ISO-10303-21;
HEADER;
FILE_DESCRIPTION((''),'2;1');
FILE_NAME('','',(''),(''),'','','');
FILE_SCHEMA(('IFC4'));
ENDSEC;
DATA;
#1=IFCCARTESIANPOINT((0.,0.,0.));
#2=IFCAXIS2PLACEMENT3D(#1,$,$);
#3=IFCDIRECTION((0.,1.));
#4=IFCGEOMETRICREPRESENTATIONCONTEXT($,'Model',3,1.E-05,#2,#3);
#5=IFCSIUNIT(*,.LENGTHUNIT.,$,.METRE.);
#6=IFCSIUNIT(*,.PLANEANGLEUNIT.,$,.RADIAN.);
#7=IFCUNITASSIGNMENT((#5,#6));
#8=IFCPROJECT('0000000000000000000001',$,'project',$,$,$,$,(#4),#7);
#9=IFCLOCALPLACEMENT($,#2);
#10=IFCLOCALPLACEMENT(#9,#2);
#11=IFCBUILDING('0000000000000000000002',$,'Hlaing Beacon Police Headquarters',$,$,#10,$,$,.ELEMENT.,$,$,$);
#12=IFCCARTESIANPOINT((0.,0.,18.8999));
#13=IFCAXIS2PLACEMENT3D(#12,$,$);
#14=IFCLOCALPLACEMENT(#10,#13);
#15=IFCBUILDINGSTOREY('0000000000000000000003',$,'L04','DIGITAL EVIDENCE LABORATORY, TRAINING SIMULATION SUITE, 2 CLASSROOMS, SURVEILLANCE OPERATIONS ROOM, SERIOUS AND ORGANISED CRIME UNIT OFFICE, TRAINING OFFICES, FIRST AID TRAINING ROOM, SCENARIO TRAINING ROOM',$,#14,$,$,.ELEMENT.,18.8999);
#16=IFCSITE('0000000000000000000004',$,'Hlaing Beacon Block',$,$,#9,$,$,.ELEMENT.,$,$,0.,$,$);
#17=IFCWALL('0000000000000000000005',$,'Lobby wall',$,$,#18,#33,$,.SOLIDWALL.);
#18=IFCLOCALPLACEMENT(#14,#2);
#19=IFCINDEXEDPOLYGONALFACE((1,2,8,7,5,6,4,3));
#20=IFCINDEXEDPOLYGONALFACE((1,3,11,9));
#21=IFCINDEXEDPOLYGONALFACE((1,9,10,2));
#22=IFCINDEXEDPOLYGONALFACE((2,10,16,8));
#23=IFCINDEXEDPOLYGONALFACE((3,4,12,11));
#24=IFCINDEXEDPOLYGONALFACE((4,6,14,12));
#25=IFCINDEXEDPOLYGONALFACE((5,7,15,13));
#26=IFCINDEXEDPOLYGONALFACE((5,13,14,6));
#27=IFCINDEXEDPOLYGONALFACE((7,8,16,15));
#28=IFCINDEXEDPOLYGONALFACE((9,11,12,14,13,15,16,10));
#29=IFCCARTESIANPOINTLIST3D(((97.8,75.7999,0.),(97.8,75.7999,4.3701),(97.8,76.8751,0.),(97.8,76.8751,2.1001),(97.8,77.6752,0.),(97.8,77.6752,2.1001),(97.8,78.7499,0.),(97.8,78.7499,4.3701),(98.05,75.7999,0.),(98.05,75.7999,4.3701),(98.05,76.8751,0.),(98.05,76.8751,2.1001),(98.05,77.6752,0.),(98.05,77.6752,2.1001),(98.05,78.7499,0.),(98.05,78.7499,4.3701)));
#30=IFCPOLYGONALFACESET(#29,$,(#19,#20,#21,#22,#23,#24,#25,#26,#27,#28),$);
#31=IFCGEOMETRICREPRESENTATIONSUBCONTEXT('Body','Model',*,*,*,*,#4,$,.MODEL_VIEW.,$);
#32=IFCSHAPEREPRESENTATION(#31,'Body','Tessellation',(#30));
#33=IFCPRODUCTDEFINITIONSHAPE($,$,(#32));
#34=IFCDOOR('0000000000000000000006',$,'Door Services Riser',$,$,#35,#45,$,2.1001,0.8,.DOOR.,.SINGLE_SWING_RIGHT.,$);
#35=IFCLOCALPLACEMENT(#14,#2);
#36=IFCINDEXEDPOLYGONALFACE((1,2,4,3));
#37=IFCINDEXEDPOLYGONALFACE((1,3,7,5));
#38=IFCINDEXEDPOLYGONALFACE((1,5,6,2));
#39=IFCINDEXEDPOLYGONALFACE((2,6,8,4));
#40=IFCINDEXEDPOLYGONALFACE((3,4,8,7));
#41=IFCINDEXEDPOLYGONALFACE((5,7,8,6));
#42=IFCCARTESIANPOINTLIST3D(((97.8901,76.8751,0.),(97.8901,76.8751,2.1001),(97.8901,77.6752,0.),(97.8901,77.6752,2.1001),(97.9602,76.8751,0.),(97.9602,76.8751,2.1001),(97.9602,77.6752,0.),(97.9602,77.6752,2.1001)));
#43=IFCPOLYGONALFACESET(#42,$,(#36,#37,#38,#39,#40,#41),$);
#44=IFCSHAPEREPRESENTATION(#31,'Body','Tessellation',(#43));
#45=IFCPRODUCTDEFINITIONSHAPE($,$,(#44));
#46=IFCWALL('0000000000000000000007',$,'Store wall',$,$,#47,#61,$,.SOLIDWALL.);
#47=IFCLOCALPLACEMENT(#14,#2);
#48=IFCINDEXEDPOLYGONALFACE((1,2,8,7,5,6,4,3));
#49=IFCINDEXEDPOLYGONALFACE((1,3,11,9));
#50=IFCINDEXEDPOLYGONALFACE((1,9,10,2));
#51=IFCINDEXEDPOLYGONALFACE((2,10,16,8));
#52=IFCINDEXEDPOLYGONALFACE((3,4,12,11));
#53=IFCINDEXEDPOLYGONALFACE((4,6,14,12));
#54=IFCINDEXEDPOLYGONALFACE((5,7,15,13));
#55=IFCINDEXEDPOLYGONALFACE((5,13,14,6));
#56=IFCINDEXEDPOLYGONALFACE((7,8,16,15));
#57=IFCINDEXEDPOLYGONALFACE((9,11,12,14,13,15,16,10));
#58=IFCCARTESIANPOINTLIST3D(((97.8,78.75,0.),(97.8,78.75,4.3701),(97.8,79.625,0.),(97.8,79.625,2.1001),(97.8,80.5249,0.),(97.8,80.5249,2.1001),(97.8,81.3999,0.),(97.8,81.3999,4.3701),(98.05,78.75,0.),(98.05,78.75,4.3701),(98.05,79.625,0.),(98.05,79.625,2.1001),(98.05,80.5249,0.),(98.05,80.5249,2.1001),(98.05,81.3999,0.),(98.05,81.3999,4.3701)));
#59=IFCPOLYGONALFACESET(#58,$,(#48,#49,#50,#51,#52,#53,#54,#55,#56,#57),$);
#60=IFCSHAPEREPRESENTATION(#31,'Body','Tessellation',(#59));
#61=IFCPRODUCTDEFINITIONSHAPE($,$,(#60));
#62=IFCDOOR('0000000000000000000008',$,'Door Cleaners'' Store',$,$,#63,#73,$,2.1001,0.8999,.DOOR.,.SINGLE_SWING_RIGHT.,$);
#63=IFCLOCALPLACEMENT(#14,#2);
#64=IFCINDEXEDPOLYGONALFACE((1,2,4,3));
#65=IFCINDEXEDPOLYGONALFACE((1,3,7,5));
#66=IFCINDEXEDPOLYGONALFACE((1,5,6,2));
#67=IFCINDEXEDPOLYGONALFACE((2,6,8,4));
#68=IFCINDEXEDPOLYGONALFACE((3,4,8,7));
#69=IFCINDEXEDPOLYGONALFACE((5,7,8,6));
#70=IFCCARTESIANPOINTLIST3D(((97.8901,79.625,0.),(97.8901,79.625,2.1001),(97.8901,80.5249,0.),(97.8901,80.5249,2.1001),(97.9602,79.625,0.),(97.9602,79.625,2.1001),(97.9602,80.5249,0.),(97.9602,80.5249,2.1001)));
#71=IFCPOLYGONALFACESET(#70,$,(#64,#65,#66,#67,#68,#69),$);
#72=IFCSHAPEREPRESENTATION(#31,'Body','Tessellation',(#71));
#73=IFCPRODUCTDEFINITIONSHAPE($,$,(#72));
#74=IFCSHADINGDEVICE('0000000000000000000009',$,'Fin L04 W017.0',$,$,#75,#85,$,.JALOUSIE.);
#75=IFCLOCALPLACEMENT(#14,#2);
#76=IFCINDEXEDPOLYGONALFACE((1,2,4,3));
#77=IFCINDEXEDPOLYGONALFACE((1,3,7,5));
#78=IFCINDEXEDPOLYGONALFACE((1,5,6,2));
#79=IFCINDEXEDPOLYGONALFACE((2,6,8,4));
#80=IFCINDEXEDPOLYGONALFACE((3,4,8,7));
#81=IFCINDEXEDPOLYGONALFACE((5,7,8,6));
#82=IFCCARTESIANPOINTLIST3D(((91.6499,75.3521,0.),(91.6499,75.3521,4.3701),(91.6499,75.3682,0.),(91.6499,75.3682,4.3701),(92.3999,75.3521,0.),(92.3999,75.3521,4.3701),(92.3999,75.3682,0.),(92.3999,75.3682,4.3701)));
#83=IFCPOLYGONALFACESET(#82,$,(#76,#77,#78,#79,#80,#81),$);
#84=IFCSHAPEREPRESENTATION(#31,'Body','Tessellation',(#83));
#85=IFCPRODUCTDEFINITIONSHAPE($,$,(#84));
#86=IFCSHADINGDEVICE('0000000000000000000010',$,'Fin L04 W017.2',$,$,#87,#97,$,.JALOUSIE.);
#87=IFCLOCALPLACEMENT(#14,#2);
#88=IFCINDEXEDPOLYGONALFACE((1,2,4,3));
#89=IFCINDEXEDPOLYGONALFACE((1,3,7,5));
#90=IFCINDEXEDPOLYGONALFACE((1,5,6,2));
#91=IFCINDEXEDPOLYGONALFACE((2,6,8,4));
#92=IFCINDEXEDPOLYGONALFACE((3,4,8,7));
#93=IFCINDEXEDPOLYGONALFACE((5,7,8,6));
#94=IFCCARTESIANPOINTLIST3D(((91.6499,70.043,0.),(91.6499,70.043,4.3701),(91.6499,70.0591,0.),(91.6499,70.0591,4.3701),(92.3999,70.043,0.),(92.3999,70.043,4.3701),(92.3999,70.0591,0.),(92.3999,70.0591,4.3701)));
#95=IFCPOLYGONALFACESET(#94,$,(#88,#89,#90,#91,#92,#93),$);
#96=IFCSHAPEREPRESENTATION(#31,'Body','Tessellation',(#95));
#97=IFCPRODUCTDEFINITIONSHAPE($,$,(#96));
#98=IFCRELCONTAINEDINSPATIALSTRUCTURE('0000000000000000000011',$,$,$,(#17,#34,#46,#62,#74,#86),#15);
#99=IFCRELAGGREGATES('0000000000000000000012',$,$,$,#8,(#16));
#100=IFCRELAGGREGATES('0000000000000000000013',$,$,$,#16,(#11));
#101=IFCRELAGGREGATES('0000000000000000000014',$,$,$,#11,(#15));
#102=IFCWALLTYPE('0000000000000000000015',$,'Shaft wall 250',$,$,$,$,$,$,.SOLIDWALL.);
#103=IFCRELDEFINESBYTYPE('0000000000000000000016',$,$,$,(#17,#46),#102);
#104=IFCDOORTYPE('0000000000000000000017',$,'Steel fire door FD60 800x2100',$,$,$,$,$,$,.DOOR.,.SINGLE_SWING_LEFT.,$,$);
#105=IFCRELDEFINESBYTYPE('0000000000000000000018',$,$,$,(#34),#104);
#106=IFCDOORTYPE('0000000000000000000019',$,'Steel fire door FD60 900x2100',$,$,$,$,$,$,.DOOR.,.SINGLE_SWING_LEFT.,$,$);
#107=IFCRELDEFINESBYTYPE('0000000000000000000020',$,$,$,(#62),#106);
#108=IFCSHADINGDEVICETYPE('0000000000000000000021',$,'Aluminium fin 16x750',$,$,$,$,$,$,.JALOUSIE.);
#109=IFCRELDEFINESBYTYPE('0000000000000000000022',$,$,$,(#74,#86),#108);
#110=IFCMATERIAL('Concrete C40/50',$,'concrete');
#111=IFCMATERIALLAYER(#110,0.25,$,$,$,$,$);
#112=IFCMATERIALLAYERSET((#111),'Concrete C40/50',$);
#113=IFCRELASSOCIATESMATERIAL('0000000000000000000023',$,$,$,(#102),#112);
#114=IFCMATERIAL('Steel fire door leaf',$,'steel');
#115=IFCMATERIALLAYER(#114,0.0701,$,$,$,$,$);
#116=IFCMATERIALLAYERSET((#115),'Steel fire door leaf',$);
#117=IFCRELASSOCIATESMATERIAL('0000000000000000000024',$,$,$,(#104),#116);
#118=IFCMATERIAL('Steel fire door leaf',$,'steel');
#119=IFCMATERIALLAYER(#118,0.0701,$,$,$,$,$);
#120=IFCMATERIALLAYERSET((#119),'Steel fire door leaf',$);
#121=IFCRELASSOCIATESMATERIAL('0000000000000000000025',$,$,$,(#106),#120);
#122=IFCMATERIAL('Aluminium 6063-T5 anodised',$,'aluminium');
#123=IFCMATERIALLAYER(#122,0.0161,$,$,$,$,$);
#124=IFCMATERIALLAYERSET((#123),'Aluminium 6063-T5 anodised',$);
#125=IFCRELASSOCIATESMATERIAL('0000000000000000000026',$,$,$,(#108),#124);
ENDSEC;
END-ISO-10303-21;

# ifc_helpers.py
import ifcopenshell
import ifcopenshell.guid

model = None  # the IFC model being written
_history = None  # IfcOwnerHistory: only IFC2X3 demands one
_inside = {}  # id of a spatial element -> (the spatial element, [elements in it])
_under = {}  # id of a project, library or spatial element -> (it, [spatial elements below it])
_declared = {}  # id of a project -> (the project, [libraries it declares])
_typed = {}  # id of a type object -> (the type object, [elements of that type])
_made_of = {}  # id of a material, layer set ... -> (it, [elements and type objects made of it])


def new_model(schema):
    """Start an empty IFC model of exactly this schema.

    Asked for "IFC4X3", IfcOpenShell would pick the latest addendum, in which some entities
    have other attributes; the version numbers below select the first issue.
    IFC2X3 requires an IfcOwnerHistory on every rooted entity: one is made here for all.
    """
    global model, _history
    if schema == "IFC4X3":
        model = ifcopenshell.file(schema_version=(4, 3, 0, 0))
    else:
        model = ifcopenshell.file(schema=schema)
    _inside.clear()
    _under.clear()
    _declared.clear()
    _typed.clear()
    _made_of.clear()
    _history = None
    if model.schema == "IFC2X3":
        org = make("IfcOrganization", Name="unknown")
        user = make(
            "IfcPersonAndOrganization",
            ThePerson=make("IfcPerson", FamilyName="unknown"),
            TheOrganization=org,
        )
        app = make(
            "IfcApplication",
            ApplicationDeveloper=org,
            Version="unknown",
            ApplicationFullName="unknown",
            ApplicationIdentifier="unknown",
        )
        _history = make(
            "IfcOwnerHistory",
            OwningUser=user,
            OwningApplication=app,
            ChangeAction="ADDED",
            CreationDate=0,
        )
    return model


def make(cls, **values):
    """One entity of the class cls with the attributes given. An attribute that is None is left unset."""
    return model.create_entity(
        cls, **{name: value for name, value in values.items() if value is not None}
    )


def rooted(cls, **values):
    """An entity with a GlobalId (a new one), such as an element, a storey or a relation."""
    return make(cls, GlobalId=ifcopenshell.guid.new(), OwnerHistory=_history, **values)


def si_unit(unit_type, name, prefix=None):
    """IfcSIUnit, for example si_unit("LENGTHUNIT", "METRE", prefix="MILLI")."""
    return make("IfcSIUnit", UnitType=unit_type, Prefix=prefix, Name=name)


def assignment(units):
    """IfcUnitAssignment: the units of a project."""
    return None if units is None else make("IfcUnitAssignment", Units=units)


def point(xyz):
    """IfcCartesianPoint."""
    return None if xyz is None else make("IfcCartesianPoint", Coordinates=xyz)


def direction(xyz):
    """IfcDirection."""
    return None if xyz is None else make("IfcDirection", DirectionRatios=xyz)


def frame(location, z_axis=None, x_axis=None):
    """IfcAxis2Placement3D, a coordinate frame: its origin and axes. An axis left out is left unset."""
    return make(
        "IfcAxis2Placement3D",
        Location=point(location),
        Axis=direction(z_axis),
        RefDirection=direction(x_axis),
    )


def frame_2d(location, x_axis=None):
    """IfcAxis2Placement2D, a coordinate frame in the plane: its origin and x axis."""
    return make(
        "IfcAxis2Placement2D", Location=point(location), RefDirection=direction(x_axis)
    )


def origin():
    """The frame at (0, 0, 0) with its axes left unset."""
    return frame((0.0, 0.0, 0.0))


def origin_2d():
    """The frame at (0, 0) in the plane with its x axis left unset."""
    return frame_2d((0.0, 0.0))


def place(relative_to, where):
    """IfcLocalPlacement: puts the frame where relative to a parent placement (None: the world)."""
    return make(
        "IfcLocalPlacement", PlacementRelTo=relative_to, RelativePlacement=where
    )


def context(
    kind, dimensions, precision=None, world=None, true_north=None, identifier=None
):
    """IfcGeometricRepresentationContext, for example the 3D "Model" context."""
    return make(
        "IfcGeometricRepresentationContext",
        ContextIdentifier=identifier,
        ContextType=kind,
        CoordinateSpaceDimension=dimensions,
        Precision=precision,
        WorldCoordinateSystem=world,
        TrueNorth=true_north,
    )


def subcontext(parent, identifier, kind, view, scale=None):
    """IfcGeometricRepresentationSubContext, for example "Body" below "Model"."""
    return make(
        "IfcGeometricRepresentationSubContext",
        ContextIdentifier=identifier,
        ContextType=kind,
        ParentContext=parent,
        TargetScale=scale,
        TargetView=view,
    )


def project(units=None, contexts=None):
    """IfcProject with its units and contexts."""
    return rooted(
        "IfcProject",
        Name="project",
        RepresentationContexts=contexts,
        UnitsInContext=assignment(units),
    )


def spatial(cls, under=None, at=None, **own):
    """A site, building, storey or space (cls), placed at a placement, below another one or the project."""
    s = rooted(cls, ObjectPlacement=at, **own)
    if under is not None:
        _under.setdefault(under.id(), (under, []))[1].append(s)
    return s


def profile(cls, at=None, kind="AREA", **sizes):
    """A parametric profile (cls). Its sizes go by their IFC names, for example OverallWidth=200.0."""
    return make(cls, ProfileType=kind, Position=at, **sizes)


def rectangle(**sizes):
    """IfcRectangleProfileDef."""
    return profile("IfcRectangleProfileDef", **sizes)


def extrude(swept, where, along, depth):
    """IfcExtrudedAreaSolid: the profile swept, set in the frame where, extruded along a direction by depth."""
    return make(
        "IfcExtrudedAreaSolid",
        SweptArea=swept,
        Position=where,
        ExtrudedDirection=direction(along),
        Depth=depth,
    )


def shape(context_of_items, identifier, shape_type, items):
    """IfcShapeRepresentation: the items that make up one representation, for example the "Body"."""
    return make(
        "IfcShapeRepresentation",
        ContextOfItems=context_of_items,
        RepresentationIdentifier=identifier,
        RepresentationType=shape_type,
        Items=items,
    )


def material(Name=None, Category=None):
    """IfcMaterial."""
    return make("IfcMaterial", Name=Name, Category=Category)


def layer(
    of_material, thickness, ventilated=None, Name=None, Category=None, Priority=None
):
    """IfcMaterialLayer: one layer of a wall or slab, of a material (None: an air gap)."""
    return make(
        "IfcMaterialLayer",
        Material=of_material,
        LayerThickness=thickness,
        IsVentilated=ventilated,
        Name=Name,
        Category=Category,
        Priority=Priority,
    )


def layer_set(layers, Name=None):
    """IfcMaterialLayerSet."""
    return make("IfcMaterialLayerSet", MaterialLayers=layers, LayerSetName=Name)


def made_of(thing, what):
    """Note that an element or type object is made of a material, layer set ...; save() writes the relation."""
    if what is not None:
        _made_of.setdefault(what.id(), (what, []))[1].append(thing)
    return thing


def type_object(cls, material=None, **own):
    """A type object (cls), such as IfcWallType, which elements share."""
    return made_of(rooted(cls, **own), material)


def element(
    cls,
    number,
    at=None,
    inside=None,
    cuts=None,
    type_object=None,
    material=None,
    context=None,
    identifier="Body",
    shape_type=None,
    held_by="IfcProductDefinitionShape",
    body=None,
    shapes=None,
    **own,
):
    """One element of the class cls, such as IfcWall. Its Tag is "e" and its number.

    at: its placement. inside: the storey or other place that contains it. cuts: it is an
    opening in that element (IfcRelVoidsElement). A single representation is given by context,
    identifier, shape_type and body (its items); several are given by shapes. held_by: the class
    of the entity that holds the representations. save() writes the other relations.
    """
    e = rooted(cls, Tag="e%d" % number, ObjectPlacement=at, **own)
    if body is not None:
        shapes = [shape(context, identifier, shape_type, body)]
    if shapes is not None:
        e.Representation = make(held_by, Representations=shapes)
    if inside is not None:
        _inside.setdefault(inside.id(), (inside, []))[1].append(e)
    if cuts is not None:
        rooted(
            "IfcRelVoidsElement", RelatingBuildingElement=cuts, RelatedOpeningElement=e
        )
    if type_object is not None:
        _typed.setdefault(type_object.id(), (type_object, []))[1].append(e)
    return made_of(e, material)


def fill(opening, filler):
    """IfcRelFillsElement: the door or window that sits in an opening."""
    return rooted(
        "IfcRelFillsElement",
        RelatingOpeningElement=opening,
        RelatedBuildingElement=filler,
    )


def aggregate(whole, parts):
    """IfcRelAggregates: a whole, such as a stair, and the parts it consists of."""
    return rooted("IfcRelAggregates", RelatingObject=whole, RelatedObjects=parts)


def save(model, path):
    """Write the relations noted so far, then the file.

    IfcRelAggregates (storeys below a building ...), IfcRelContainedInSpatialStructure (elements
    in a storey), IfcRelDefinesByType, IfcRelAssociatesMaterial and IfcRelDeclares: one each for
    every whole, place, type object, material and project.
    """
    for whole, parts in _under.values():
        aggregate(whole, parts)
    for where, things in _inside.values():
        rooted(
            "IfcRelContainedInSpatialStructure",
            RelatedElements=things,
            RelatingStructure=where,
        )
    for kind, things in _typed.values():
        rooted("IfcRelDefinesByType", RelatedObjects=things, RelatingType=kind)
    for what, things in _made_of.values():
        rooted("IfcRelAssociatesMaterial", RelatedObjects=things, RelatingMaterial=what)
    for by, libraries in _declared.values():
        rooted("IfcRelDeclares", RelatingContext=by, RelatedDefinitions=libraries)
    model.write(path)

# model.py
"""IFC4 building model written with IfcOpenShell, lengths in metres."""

from ifc_helpers import new_model, si_unit, direction, frame, frame_2d, origin, origin_2d, place, context, subcontext, project, spatial, rectangle, extrude, material, layer, layer_set, type_object, element, fill, save


model = new_model("IFC4")

# Units and contexts
model_context = context("Model", 3, precision=1e-05, world=origin(), true_north=direction((0.0, 1.0)))
body_context = subcontext(model_context, "Body", "Model", "MODEL_VIEW")
ifc_project = project(units=[si_unit("LENGTHUNIT", "METRE"), si_unit("PLANEANGLEUNIT", "RADIAN")], contexts=[model_context])

# Site, building, storey
site_placement = place(None, origin())
site = spatial("IfcSite", under=ifc_project, at=site_placement, Name="Hlaing Beacon Block", CompositionType="ELEMENT", RefElevation=0.0)
building_placement = place(site_placement, origin())
building = spatial("IfcBuilding", under=site, at=building_placement, Name="Hlaing Beacon Police Headquarters", CompositionType="ELEMENT")
storey_placement = place(building_placement, frame((0.0, 0.0, 18.8999)))
storey = spatial("IfcBuildingStorey", under=building, at=storey_placement, Name="L04", Description="DIGITAL EVIDENCE LABORATORY, TRAINING SIMULATION SUITE, 2 CLASSROOMS, SURVEILLANCE OPERATIONS ROOM, SERIOUS AND ORGANISED CRIME UNIT OFFICE, TRAINING OFFICES, FIRST AID TRAINING ROOM, SCENARIO TRAINING ROOM", CompositionType="ELEMENT", Elevation=18.8999)

# Walls, openings, doors
ifc_material_1 = material(Name="Concrete C40/50", Category="concrete")
ifc_layer_1 = layer(ifc_material_1, 0.25)
ifc_layer_set_1 = layer_set([ifc_layer_1], Name="Concrete C40/50")
wall_type_1 = type_object("IfcWallType", Name="Shaft wall 250", PredefinedType="SOLIDWALL", material=ifc_layer_set_1)
wall_1_placement = place(storey_placement, frame((97.925, 78.75, 0.0), z_axis=(0.0, 0.0, 1.0), x_axis=(0.0, -1.0, 0.0)))
wall_1 = element("IfcWall", 1, at=wall_1_placement, inside=storey, type_object=wall_type_1, Name="Lobby wall", PredefinedType="SOLIDWALL", context=body_context, shape_type="SweptSolid", body=[
    extrude(rectangle(XDim=2.95, YDim=0.25, at=frame_2d((1.4751, 0.0))), origin(), (0.0, 0.0, 1.0), 4.3701),
])
opening_1_placement = place(wall_1_placement, frame((1.075, 0.0, 0.0)))
opening_1 = element("IfcOpeningElement", 2, at=opening_1_placement, cuts=wall_1, PredefinedType="OPENING", context=body_context, shape_type="SweptSolid", body=[
    extrude(rectangle(XDim=0.8, YDim=2.1001, at=frame_2d((0.3999, 1.05))), frame((0.0, 0.135, 0.0), z_axis=(0.0, -1.0, 0.0), x_axis=(1.0, 0.0, 0.0)), (0.0, 0.0, 1.0), 0.27),
])
ifc_material_2 = material(Name="Steel fire door leaf", Category="steel")
ifc_layer_2 = layer(ifc_material_2, 0.0701)
ifc_layer_set_2 = layer_set([ifc_layer_2], Name="Steel fire door leaf")
door_type_1 = type_object("IfcDoorType", Name="Steel fire door FD60 800x2100", OperationType="SINGLE_SWING_LEFT", PredefinedType="DOOR", material=ifc_layer_set_2)
door_1_placement = place(opening_1_placement, origin())
door_1 = element("IfcDoor", 3, at=door_1_placement, inside=storey, type_object=door_type_1, Name="Door Services Riser", OperationType="SINGLE_SWING_RIGHT", OverallHeight=2.1001, OverallWidth=0.8, PredefinedType="DOOR", context=body_context, shape_type="SweptSolid", body=[
    extrude(rectangle(XDim=0.8, YDim=2.1001, at=frame_2d((0.3999, 1.05))), frame((0.0, 0.0352, 0.0), z_axis=(0.0, -1.0, 0.0), x_axis=(1.0, 0.0, 0.0)), (0.0, 0.0, 1.0), 0.0701),
])
fill(opening_1, door_1)
wall_2_placement = place(storey_placement, frame((97.925, 81.3999, 0.0), z_axis=(0.0, 0.0, 1.0), x_axis=(0.0, -1.0, 0.0)))
wall_2 = element("IfcWall", 4, at=wall_2_placement, inside=storey, type_object=wall_type_1, Name="Store wall", PredefinedType="SOLIDWALL", context=body_context, shape_type="SweptSolid", body=[
    extrude(rectangle(XDim=2.6499, YDim=0.25, at=frame_2d((1.325, 0.0))), origin(), (0.0, 0.0, 1.0), 4.3701),
])
opening_2_placement = place(wall_2_placement, frame((0.875, 0.0, 0.0)))
opening_2 = element("IfcOpeningElement", 5, at=opening_2_placement, cuts=wall_2, PredefinedType="OPENING", context=body_context, shape_type="SweptSolid", body=[
    extrude(rectangle(XDim=0.8999, YDim=2.1001, at=frame_2d((0.45, 1.05))), frame((0.0, 0.135, 0.0), z_axis=(0.0, -1.0, 0.0), x_axis=(1.0, 0.0, 0.0)), (0.0, 0.0, 1.0), 0.27),
])
ifc_material_3 = material(Name="Steel fire door leaf", Category="steel")
ifc_layer_3 = layer(ifc_material_3, 0.0701)
ifc_layer_set_3 = layer_set([ifc_layer_3], Name="Steel fire door leaf")
door_type_2 = type_object("IfcDoorType", Name="Steel fire door FD60 900x2100", OperationType="SINGLE_SWING_LEFT", PredefinedType="DOOR", material=ifc_layer_set_3)
door_2_placement = place(opening_2_placement, origin())
door_2 = element("IfcDoor", 6, at=door_2_placement, inside=storey, type_object=door_type_2, Name="Door Cleaners' Store", OperationType="SINGLE_SWING_RIGHT", OverallHeight=2.1001, OverallWidth=0.8999, PredefinedType="DOOR", context=body_context, shape_type="SweptSolid", body=[
    extrude(rectangle(XDim=0.8999, YDim=2.1001, at=frame_2d((0.45, 1.05))), frame((0.0, 0.0352, 0.0), z_axis=(0.0, -1.0, 0.0), x_axis=(1.0, 0.0, 0.0)), (0.0, 0.0, 1.0), 0.0701),
])
fill(opening_2, door_2)

# Shading devices
ifc_material_4 = material(Name="Aluminium 6063-T5 anodised", Category="aluminium")
ifc_layer_4 = layer(ifc_material_4, 0.0161)
ifc_layer_set_4 = layer_set([ifc_layer_4], Name="Aluminium 6063-T5 anodised")
shading_device_type = type_object("IfcShadingDeviceType", Name="Aluminium fin 16x750", PredefinedType="JALOUSIE", material=ifc_layer_set_4)
for number, where, z_axis, x_axis, name in (
    (7, (92.0249, 75.3601, 0.0), (0.0, 0.0, 1.0), (0.0, -1.0, 0.0), "Fin L04 W017.0"),
    (8, (92.0249, 70.051, 0.0), (0.0, 0.0, 1.0), (0.0, -1.0, 0.0), "Fin L04 W017.2"),
):
    element("IfcShadingDevice", number, at=place(storey_placement, frame(where, z_axis=z_axis, x_axis=x_axis)), inside=storey, type_object=shading_device_type, Name=name, PredefinedType="JALOUSIE", context=body_context, shape_type="SweptSolid", body=[
        extrude(rectangle(XDim=0.0161, YDim=0.75, at=origin_2d()), origin(), (0.0, 0.0, 1.0), 4.3701),
    ])

save(model, "model.ifc")
